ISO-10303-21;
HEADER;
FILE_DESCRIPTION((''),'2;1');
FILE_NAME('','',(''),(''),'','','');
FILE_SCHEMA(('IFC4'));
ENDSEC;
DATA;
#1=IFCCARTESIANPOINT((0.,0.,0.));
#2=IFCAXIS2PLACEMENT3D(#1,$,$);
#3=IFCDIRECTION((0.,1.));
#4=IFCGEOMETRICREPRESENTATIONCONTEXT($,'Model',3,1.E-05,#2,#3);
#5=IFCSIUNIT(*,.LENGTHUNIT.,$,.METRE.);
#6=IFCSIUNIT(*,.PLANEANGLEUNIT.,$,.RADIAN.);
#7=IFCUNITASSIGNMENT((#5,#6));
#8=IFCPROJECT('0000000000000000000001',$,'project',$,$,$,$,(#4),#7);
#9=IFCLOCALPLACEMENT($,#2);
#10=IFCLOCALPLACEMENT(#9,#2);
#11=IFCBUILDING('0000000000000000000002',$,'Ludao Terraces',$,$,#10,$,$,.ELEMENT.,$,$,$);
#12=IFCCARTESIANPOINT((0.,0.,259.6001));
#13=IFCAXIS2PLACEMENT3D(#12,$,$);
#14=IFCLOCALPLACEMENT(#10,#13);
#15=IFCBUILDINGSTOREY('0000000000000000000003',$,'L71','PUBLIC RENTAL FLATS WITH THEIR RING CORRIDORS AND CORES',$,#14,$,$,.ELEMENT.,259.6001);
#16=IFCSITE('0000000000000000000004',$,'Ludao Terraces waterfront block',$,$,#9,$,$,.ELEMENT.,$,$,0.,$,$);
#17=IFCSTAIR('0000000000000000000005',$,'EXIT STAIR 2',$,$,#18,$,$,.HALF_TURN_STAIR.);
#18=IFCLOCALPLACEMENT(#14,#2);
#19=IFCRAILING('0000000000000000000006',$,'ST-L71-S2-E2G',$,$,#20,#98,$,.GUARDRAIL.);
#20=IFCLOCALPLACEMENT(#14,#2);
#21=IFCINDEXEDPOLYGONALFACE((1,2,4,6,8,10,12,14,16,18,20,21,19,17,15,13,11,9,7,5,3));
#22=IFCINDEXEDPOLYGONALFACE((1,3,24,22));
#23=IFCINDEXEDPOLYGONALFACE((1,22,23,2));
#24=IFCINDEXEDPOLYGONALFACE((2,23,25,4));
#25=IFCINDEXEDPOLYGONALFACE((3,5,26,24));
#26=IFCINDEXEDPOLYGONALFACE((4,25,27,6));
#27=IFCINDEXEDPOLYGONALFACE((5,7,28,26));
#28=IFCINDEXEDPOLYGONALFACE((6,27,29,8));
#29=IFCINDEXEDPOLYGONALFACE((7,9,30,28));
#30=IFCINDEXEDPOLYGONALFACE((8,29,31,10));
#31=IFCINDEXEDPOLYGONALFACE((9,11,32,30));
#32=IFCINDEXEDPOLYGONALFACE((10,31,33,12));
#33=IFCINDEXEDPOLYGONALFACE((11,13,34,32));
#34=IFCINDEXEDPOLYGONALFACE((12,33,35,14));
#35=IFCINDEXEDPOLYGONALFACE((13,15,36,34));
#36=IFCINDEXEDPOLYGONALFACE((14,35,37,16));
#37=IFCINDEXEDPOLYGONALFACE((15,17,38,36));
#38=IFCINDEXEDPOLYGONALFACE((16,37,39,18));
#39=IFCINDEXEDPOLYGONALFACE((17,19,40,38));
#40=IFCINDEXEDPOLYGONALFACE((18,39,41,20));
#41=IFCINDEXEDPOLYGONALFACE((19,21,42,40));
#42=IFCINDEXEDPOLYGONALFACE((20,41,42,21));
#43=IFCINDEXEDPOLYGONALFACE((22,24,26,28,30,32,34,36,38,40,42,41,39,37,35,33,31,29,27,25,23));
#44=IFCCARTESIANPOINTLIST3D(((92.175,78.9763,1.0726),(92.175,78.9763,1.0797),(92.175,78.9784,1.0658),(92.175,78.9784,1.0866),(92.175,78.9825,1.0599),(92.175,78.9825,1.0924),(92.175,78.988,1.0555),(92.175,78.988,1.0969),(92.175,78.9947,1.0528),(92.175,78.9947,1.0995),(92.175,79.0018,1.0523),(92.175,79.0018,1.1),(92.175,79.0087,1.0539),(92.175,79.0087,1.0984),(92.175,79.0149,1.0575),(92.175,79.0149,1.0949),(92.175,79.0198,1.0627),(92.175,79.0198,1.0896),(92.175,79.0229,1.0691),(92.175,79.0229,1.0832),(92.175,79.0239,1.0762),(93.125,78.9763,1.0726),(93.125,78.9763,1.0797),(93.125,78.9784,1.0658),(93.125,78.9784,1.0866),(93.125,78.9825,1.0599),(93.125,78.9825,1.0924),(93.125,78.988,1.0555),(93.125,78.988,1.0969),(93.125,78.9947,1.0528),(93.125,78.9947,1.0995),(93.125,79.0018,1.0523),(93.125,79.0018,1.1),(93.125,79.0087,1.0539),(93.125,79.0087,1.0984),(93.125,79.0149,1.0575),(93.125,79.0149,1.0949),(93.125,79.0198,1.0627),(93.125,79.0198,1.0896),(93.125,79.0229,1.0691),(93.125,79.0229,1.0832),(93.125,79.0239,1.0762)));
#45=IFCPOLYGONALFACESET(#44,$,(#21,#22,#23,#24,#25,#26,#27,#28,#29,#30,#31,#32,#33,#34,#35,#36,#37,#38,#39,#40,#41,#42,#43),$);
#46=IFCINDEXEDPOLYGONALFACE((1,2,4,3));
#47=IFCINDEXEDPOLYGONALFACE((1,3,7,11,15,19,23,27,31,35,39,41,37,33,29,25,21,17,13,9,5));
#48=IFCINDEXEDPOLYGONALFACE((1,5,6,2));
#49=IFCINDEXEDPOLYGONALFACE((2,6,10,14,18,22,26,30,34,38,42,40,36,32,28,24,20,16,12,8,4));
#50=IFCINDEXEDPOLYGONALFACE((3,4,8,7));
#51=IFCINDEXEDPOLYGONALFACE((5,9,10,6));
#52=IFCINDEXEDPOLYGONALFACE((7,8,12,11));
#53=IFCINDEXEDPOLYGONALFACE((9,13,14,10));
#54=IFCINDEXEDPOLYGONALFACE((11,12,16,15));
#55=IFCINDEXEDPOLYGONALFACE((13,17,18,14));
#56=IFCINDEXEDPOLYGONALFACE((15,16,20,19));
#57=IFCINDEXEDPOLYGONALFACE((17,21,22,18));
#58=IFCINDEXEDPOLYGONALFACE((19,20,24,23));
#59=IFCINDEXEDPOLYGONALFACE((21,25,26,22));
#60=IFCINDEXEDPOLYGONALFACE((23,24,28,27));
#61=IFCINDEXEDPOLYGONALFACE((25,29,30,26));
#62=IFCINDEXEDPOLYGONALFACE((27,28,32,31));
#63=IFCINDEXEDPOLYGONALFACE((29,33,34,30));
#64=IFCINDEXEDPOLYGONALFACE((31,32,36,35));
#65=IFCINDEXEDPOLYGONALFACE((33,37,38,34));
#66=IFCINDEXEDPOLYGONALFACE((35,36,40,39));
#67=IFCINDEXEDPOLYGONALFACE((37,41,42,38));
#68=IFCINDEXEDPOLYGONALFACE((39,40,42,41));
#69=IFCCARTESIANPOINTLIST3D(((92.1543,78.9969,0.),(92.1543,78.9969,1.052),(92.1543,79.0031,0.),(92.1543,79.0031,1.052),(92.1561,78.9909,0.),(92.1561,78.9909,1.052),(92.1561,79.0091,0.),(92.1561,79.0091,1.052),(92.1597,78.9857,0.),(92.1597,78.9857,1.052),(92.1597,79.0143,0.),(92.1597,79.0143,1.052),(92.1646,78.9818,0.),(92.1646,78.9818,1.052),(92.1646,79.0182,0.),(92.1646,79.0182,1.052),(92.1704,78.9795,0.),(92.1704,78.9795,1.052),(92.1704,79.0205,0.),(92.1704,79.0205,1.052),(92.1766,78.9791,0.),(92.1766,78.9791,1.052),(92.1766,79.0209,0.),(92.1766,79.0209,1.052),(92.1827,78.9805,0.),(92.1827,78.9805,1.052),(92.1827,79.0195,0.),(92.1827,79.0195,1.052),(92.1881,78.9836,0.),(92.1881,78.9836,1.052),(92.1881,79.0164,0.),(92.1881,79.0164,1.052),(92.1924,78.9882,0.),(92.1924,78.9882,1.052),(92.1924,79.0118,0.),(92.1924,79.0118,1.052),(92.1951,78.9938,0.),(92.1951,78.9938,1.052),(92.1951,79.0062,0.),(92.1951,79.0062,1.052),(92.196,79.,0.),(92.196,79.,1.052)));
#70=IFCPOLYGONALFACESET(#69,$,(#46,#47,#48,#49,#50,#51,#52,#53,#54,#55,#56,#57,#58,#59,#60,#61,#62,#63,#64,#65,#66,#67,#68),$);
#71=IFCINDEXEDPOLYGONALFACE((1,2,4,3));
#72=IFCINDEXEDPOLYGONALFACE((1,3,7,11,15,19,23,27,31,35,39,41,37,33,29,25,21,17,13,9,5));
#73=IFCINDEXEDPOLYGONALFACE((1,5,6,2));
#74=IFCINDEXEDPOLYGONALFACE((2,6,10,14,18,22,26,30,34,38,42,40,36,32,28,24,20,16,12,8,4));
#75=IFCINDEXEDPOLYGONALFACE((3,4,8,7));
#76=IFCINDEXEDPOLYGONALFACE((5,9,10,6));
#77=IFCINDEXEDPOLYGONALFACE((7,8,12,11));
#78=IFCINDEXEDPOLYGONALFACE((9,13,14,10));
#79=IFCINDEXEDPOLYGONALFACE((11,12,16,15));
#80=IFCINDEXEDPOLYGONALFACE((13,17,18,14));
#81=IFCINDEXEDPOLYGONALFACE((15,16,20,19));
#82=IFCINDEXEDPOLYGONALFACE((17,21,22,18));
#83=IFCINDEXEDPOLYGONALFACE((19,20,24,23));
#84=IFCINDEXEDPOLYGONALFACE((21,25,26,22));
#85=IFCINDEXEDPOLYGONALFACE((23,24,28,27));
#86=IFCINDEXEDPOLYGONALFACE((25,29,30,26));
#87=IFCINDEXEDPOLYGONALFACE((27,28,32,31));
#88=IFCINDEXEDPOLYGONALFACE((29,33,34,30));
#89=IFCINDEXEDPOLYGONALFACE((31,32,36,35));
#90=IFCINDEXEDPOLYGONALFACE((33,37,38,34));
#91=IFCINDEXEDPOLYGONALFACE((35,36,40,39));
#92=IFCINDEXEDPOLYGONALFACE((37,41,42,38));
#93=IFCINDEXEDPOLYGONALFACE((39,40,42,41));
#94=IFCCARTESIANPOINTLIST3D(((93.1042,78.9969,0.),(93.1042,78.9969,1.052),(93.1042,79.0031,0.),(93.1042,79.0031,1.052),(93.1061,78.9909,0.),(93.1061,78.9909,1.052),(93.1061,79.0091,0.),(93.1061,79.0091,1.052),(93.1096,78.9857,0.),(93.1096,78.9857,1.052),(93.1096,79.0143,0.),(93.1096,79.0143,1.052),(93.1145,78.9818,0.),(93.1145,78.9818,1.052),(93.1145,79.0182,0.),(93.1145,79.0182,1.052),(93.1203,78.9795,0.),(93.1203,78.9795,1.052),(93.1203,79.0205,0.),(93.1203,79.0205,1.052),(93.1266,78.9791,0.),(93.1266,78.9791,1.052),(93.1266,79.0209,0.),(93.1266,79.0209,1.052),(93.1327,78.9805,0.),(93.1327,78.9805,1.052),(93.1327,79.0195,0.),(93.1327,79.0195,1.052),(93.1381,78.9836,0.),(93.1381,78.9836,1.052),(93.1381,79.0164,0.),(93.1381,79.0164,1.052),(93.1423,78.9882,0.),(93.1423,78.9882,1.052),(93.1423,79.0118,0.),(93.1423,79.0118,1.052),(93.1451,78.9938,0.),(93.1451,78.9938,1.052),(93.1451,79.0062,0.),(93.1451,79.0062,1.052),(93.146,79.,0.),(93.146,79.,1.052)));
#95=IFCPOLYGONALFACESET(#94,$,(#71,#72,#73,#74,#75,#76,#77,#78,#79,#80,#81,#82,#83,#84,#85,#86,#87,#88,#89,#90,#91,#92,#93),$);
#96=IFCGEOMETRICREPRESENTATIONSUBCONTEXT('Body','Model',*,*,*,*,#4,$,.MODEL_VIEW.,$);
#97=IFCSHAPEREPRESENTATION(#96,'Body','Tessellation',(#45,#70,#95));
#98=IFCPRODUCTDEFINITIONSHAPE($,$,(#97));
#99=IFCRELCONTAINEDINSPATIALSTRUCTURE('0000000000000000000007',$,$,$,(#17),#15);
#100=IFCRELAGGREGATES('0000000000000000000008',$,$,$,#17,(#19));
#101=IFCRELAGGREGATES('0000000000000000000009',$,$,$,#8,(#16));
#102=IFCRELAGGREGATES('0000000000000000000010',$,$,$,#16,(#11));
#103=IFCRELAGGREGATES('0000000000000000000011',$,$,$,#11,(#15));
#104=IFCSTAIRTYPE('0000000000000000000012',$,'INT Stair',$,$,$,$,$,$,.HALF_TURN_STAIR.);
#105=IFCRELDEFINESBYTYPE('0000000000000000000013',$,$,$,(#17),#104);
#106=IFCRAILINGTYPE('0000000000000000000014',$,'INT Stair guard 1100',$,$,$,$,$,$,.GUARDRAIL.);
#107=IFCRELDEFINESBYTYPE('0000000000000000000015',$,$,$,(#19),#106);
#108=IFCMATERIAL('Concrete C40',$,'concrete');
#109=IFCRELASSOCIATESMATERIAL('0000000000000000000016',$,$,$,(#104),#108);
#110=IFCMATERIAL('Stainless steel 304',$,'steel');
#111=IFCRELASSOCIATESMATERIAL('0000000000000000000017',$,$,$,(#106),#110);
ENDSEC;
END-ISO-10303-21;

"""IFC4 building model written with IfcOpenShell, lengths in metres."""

from ifc_helpers import new_model, si_unit, direction, frame, origin, origin_2d, place, context, subcontext, project, spatial, circle, extrude, material, type_object, element, aggregate, save


model = new_model("IFC4")

# Units and contexts
model_context = context("Model", 3, precision=1e-05, world=origin(), true_north=direction((0.0, 1.0)))
body_context = subcontext(model_context, "Body", "Model", "MODEL_VIEW")
ifc_project = project(units=[si_unit("LENGTHUNIT", "METRE"), si_unit("PLANEANGLEUNIT", "RADIAN")], contexts=[model_context])

# Site, building, storey
site_placement = place(None, origin())
site = spatial("IfcSite", under=ifc_project, at=site_placement, Name="Ludao Terraces waterfront block", CompositionType="ELEMENT", RefElevation=0.0)
building_placement = place(site_placement, origin())
building = spatial("IfcBuilding", under=site, at=building_placement, Name="Ludao Terraces", CompositionType="ELEMENT")
storey_placement = place(building_placement, frame((0.0, 0.0, 259.6001)))
storey = spatial("IfcBuildingStorey", under=building, at=storey_placement, Name="L71", Description="PUBLIC RENTAL FLATS WITH THEIR RING CORRIDORS AND CORES", CompositionType="ELEMENT", Elevation=259.6001)

# Shared definitions
ifc_material_1 = material(Name="Concrete C40", Category="concrete")

# Shared definitions
ifc_material_2 = material(Name="Stainless steel 304", Category="steel")

# Stair, railing
stair_type = type_object("IfcStairType", Name="INT Stair", PredefinedType="HALF_TURN_STAIR", material=ifc_material_1)
stair_placement = place(storey_placement, origin())
stair = element("IfcStair", 1, at=stair_placement, inside=storey, type_object=stair_type, Name="EXIT STAIR 2", PredefinedType="HALF_TURN_STAIR")
railing_type_1 = type_object("IfcRailingType", Name="INT Stair guard 1100", PredefinedType="GUARDRAIL", material=ifc_material_2)
railing_1_placement = place(storey_placement, frame((92.175, 79.0, 0.0)))
railing_1 = element("IfcRailing", 2, at=railing_1_placement, type_object=railing_type_1, Name="ST-L71-S2-E2G", PredefinedType="GUARDRAIL", context=body_context, shape_type="SweptSolid", body=[
    extrude(circle(Radius=0.0239, at=origin_2d()), frame((0.0, 0.0, 1.0762), z_axis=(1.0, 0.0, 0.0), x_axis=(0.0, 1.0, 0.0)), (0.0, 0.0, 1.0), 0.95),
    extrude(circle(Radius=0.021, at=origin_2d()), origin(), (0.0, 0.0, 1.0), 1.052),
    extrude(circle(Radius=0.021, at=origin_2d()), frame((0.95, 0.0, 0.0)), (0.0, 0.0, 1.0), 1.052),
])
aggregate(stair, [railing_1])

save(model, "model.ifc")
